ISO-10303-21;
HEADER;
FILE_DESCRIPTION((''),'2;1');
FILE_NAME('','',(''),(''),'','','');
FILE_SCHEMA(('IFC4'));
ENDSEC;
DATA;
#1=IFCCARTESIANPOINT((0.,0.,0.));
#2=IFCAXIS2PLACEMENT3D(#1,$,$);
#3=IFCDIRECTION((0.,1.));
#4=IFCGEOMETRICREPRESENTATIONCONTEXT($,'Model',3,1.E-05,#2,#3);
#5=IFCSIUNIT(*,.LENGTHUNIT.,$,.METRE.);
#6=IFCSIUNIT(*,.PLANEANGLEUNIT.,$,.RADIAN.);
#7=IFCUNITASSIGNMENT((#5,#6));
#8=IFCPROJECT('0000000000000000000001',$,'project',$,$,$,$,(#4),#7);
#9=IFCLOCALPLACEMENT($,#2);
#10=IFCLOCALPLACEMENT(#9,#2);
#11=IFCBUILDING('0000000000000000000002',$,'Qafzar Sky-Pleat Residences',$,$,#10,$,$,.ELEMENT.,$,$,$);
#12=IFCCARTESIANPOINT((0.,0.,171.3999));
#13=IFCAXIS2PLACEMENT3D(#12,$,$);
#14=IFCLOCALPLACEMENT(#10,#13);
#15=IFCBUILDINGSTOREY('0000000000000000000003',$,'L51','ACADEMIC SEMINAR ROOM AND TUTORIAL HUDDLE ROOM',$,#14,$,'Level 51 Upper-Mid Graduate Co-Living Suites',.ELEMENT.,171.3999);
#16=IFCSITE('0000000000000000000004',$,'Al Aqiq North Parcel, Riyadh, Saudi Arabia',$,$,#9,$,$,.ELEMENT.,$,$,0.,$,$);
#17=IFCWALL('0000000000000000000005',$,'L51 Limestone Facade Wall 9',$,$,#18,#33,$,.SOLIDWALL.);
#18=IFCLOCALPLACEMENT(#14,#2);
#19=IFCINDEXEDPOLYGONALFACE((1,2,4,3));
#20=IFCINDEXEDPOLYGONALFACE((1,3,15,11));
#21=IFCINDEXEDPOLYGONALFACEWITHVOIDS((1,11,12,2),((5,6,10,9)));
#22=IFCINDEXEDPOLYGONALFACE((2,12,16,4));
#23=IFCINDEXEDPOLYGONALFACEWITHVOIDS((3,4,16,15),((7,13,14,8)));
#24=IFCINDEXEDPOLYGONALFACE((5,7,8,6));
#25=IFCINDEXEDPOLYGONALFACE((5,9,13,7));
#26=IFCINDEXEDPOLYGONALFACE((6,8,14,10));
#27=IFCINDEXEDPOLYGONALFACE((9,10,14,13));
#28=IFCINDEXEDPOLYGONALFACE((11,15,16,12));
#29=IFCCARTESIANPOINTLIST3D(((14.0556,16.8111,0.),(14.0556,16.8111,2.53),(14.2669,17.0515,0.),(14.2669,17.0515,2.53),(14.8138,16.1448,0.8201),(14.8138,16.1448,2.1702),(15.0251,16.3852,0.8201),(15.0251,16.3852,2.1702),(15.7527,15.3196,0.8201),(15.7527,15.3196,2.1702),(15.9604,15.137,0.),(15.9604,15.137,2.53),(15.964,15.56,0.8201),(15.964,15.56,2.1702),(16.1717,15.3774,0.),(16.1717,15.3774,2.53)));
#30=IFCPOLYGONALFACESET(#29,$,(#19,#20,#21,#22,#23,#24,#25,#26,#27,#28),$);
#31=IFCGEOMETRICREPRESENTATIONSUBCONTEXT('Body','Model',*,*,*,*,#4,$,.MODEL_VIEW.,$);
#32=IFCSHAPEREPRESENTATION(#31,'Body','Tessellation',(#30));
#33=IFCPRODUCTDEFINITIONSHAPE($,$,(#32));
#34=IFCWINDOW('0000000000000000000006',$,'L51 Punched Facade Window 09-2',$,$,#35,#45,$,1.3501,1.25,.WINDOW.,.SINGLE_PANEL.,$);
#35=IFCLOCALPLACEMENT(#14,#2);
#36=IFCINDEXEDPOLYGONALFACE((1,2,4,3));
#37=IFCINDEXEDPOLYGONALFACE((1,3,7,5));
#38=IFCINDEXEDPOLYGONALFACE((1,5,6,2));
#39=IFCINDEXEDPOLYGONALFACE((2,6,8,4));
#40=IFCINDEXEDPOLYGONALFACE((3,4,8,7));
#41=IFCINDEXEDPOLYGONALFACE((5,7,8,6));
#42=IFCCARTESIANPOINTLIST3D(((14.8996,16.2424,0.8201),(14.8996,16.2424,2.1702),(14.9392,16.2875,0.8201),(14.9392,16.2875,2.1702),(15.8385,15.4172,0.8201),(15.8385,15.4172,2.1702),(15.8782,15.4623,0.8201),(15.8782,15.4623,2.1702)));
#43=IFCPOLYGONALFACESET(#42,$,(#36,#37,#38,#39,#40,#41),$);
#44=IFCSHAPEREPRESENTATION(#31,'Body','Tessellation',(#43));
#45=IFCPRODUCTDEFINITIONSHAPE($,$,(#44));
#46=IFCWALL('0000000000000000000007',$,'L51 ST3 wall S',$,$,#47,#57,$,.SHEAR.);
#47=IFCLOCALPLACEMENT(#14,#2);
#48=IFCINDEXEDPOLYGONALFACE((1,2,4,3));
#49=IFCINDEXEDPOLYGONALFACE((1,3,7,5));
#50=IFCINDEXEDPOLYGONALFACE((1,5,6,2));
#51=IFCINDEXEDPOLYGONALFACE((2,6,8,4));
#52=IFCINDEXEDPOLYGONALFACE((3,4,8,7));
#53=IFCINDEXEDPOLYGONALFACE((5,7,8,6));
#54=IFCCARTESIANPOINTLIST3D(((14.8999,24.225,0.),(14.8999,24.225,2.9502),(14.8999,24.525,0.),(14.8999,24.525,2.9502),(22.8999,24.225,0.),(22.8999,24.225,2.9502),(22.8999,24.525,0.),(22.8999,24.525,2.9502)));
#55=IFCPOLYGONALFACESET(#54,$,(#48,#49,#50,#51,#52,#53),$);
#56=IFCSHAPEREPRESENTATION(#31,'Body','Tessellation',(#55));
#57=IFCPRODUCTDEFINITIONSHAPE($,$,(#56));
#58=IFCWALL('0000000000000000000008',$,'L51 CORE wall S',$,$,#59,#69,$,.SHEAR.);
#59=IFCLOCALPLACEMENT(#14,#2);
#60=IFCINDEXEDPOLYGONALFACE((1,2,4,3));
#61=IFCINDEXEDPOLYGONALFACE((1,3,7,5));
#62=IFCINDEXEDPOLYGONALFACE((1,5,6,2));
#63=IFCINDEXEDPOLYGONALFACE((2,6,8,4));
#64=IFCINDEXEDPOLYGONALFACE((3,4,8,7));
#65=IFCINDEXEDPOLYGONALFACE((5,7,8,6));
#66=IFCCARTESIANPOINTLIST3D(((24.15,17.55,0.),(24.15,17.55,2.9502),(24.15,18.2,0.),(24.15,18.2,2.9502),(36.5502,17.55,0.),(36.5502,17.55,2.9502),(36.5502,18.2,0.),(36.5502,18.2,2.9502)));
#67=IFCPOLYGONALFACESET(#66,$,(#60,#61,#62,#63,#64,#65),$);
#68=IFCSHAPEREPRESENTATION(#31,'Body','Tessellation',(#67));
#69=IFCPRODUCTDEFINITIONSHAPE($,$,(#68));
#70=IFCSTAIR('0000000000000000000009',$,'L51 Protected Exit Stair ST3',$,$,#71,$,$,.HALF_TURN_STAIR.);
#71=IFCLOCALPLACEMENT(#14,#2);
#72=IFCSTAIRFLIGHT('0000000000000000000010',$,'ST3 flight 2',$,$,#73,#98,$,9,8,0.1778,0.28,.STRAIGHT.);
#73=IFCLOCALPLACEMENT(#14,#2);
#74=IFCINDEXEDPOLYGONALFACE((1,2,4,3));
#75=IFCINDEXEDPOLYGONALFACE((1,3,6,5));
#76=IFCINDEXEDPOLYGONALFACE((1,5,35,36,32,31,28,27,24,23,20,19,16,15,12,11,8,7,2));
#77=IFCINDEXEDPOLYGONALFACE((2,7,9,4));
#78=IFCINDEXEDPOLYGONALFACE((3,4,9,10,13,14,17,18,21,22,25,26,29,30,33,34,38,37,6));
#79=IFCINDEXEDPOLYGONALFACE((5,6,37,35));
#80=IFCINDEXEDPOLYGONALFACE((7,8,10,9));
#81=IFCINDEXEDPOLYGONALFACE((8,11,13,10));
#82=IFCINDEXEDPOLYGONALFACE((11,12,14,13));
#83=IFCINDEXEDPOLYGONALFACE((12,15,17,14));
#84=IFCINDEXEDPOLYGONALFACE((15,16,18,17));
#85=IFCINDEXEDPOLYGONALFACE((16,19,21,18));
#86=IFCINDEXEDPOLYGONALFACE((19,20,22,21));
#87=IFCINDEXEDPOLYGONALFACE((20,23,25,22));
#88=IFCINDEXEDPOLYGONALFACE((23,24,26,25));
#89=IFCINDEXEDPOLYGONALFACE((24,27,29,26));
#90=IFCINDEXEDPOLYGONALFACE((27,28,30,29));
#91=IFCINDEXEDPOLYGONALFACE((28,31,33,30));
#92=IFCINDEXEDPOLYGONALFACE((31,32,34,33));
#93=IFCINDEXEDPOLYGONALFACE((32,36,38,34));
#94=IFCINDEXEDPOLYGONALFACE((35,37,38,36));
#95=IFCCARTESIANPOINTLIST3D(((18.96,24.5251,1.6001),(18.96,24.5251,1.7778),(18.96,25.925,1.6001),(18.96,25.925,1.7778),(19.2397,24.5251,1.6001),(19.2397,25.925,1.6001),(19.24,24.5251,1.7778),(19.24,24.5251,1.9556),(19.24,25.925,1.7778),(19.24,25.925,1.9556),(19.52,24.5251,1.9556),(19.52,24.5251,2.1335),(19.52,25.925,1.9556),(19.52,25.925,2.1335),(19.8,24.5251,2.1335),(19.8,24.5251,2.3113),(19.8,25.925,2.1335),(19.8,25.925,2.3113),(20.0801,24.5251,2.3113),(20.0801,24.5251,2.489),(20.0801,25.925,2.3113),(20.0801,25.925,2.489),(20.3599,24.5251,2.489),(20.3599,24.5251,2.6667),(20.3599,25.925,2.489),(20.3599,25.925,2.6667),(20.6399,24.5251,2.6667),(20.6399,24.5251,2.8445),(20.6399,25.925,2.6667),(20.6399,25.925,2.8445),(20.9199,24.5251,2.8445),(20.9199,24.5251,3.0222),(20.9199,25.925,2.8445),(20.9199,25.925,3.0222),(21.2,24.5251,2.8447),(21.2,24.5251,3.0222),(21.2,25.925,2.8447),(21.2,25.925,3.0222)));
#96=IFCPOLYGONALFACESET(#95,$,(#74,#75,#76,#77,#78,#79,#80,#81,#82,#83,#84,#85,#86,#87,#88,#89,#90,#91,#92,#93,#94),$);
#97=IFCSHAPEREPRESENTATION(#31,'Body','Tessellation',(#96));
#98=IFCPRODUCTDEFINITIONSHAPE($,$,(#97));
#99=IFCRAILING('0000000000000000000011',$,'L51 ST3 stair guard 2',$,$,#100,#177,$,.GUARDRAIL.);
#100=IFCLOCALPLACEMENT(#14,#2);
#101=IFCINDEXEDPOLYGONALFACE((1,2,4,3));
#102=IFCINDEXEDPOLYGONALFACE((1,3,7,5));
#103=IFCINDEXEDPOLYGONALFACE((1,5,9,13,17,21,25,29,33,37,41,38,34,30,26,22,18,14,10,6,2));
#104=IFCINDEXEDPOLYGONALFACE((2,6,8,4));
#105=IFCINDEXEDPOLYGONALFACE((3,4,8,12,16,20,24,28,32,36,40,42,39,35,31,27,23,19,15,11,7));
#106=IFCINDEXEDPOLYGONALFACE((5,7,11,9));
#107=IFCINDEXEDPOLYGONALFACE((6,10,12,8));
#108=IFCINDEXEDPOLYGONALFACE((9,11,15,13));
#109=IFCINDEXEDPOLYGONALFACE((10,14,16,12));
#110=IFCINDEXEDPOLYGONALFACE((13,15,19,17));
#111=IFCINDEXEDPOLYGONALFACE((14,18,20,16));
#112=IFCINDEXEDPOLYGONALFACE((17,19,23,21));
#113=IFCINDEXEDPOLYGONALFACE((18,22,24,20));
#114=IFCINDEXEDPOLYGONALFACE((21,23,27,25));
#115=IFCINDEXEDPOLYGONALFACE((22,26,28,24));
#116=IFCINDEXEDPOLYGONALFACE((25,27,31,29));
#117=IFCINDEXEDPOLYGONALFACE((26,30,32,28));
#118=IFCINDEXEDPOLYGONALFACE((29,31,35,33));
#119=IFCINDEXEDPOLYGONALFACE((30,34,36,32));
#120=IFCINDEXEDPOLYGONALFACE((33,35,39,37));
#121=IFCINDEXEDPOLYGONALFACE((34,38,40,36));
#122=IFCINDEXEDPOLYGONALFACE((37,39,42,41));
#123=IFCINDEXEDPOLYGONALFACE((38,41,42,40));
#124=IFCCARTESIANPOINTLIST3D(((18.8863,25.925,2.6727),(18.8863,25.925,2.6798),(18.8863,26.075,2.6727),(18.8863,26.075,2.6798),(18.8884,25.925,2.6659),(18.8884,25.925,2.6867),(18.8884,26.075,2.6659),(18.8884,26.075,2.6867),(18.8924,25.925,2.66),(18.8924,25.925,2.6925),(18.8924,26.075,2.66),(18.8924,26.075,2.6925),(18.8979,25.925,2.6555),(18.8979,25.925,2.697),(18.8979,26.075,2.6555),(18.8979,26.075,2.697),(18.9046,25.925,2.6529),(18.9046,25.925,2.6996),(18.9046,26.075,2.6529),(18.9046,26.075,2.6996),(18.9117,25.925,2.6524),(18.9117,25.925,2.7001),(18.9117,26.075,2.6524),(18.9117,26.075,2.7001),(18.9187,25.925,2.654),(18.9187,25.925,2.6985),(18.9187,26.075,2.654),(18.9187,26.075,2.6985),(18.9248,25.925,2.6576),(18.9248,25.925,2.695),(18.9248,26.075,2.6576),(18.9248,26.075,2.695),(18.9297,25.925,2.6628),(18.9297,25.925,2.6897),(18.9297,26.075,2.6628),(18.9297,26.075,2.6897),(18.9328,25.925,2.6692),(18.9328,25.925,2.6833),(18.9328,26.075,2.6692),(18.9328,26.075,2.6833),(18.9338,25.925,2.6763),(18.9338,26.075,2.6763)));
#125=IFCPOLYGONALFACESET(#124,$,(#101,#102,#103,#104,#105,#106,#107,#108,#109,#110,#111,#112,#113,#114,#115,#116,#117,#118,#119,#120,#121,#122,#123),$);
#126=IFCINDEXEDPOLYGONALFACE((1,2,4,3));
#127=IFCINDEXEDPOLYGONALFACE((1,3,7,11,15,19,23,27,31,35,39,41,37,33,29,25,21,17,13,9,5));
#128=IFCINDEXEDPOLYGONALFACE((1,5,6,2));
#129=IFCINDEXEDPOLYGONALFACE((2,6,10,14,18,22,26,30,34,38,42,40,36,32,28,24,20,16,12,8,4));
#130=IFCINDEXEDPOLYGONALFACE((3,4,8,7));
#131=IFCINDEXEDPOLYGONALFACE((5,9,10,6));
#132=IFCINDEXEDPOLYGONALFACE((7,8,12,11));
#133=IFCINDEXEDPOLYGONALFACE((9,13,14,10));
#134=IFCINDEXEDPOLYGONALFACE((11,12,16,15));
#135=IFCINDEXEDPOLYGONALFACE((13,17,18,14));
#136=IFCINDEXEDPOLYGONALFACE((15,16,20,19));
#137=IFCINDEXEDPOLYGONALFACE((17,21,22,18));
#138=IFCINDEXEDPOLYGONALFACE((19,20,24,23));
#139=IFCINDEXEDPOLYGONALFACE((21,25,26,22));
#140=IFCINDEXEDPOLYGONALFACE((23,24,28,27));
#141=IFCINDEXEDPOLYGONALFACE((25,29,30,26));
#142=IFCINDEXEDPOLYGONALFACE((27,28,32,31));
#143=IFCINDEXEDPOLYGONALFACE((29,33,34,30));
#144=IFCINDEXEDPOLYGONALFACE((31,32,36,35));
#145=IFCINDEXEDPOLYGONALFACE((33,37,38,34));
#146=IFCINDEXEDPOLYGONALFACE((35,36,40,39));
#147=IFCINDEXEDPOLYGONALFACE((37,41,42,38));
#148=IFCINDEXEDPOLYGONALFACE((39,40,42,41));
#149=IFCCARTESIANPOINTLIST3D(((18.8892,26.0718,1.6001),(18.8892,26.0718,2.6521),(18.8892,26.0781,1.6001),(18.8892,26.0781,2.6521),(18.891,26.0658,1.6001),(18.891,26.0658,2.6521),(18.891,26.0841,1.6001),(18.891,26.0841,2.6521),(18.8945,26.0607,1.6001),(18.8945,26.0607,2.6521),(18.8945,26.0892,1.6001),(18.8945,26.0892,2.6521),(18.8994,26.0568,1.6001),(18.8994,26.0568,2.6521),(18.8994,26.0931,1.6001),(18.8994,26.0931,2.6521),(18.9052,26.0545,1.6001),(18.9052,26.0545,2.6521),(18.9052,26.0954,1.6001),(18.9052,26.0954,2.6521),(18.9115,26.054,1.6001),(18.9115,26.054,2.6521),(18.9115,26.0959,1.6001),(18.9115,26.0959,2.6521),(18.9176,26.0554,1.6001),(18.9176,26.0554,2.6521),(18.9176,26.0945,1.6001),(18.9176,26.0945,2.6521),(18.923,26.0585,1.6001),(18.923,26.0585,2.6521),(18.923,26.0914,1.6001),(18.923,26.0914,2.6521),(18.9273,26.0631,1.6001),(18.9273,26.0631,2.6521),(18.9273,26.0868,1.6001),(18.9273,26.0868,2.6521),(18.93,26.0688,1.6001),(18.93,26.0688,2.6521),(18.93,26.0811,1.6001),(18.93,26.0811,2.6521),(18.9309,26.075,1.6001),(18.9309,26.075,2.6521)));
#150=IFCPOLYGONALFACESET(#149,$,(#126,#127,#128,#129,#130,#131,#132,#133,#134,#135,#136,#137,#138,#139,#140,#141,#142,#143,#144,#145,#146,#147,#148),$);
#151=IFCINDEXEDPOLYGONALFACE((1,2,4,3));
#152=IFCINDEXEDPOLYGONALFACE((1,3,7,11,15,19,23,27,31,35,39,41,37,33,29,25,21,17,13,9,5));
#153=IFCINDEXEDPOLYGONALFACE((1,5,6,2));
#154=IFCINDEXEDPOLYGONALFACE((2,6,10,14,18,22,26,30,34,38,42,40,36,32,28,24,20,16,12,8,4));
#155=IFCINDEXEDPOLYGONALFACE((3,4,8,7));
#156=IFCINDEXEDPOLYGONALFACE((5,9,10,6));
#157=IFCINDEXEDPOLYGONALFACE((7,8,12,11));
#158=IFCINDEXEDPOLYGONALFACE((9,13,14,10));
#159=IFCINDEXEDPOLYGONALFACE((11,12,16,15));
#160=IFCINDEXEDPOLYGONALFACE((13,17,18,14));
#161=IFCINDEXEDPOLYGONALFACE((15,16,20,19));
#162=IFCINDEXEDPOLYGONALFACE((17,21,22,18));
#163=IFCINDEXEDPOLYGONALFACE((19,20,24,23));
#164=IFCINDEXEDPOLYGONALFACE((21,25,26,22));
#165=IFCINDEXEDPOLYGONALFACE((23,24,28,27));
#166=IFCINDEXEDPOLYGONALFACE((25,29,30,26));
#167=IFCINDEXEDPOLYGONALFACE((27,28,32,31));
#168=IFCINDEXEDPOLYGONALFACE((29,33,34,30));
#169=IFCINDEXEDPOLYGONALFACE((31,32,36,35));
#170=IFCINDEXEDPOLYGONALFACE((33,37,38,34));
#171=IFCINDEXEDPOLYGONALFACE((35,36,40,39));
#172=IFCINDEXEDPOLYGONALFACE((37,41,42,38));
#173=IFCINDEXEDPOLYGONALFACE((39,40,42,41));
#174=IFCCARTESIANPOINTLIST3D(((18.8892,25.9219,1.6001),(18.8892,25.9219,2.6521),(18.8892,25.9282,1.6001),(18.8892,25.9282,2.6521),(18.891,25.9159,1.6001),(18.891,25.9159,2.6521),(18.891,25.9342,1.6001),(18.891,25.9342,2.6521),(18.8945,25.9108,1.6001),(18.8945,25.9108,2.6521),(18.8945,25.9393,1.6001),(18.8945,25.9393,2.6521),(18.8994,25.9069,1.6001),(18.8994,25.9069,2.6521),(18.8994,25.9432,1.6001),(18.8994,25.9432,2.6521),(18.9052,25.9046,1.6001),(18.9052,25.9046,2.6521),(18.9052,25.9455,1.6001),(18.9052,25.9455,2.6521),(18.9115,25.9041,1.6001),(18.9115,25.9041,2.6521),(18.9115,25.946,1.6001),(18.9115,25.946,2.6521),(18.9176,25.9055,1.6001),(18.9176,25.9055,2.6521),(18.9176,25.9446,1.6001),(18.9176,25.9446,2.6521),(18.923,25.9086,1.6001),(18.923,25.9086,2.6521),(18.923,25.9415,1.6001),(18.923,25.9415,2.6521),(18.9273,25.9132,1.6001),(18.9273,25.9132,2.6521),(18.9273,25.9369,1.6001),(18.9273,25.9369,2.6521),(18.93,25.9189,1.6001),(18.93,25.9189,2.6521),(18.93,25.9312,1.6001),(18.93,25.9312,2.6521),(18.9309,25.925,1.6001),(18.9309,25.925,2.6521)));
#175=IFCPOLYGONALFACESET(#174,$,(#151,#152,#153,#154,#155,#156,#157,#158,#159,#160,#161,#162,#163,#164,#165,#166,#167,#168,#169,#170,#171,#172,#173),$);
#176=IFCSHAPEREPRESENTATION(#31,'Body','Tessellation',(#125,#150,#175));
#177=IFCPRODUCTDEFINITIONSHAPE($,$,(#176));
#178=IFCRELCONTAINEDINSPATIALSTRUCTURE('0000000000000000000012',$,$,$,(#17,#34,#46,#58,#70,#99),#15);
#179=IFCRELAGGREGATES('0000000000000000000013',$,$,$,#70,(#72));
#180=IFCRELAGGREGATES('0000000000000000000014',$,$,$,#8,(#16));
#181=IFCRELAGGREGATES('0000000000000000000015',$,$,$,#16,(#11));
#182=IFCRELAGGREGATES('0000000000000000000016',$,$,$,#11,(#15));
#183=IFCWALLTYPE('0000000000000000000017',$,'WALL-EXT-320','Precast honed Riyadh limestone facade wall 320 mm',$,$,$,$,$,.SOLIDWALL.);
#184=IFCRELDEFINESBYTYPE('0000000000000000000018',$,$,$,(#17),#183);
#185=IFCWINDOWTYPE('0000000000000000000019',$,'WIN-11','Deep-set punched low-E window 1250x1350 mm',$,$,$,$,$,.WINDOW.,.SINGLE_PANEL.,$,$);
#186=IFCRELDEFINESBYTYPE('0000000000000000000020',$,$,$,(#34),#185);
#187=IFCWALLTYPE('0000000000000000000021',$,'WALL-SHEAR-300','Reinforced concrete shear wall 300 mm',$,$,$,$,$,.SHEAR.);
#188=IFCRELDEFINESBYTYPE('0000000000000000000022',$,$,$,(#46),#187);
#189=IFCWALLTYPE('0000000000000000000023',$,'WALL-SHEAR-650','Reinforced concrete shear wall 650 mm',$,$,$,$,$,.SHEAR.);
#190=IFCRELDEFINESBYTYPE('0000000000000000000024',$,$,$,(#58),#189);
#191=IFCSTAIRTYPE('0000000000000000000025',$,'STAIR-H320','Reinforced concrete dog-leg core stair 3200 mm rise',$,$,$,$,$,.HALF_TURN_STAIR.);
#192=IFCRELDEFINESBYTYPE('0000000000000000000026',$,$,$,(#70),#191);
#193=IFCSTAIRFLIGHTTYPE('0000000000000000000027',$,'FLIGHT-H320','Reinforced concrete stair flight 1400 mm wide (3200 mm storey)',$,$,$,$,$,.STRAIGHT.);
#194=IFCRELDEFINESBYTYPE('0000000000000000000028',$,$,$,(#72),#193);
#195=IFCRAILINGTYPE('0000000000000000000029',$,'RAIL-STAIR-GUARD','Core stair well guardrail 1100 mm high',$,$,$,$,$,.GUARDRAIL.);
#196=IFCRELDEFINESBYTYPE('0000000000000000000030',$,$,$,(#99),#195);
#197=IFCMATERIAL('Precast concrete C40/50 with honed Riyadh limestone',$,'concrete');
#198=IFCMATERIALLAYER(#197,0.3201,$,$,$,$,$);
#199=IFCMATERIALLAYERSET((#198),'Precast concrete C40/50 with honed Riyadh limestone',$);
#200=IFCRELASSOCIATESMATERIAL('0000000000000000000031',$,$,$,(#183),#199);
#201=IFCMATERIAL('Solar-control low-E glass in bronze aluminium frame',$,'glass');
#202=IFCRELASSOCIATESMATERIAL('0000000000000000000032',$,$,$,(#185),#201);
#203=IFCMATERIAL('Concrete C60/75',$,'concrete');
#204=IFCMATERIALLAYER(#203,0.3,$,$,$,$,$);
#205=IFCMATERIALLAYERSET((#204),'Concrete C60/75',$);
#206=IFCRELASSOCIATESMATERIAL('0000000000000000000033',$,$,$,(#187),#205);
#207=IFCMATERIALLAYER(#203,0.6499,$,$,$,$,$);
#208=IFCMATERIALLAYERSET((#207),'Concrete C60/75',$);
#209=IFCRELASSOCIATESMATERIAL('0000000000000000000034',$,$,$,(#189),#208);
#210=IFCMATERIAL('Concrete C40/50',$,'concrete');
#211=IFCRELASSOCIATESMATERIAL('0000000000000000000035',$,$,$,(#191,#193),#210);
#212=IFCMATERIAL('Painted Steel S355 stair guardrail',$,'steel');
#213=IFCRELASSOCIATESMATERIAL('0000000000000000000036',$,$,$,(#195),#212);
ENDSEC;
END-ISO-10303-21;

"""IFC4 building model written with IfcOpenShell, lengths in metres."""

from ifc_helpers import new_model, si_unit, direction, frame, frame_2d, origin, origin_2d, place, context, subcontext, project, spatial, polyline, rectangle, circle, outline, extrude, source, transform, mapped, material, layer, layer_set, type_object, element, fill, aggregate, save


model = new_model("IFC4")

# Units and contexts
model_context = context("Model", 3, precision=1e-05, world=origin(), true_north=direction((0.0, 1.0)))
body_context = subcontext(model_context, "Body", "Model", "MODEL_VIEW")
ifc_project = project(units=[si_unit("LENGTHUNIT", "METRE"), si_unit("PLANEANGLEUNIT", "RADIAN")], contexts=[model_context])

# Site, building, storey
site_placement = place(None, origin())
site = spatial("IfcSite", under=ifc_project, at=site_placement, Name="Al Aqiq North Parcel, Riyadh, Saudi Arabia", CompositionType="ELEMENT", RefElevation=0.0)
building_placement = place(site_placement, origin())
building = spatial("IfcBuilding", under=site, at=building_placement, Name="Qafzar Sky-Pleat Residences", CompositionType="ELEMENT")
storey_placement = place(building_placement, frame((0.0, 0.0, 171.3999)))
storey = spatial("IfcBuildingStorey", under=building, at=storey_placement, Name="L51", Description="ACADEMIC SEMINAR ROOM AND TUTORIAL HUDDLE ROOM", LongName="Level 51 Upper-Mid Graduate Co-Living Suites", CompositionType="ELEMENT", Elevation=171.3999)

# Wall, opening, window
ifc_material_1 = material(Name="Precast concrete C40/50 with honed Riyadh limestone", Category="concrete")
ifc_layer_1 = layer(ifc_material_1, 0.3201)
ifc_layer_set_1 = layer_set([ifc_layer_1], Name="Precast concrete C40/50 with honed Riyadh limestone")
wall_type_1 = type_object("IfcWallType", Name="WALL-EXT-320", Description="Precast honed Riyadh limestone facade wall 320 mm", PredefinedType="SOLIDWALL", material=ifc_layer_set_1)
wall_1_placement = place(storey_placement, frame((14.1611, 16.9314, 0.0), z_axis=(0.0, 0.0, 1.0), x_axis=(0.751132, -0.660152, 0.0)))
wall_1 = element("IfcWall", 1, at=wall_1_placement, inside=storey, type_object=wall_type_1, Name="L51 Limestone Facade Wall 9", PredefinedType="SOLIDWALL", context=body_context, shape_type="SweptSolid", body=[
    extrude(rectangle(XDim=2.5359, YDim=0.3201, at=frame_2d((1.2681, 0.0))), origin(), (0.0, 0.0, 1.0), 2.53),
])
opening_1_placement = place(wall_1_placement, frame((1.0095, 0.0, 0.8201)))
opening_1 = element("IfcOpeningElement", 2, at=opening_1_placement, cuts=wall_1, PredefinedType="OPENING", context=body_context, shape_type="SweptSolid", body=[
    extrude(rectangle(XDim=1.25, YDim=1.3501, at=frame_2d((0.625, 0.675))), frame((0.0, 0.1699, 0.0), z_axis=(0.0, -1.0, 0.0), x_axis=(1.0, 0.0, 0.0)), (0.0, 0.0, 1.0), 0.3401),
])
ifc_material_2 = material(Name="Solar-control low-E glass in bronze aluminium frame", Category="glass")
window_type = type_object("IfcWindowType", Name="WIN-11", Description="Deep-set punched low-E window 1250x1350 mm", PartitioningType="SINGLE_PANEL", PredefinedType="WINDOW", material=ifc_material_2)
shared_shape_1 = source(origin(), body_context, "Body", "SweptSolid", [
    extrude(rectangle(XDim=1.25, YDim=1.3501, at=frame_2d((0.625, 0.675))), frame((0.0, 0.03, 0.0), z_axis=(0.0, -1.0, 0.0), x_axis=(1.0, 0.0, 0.0)), (0.0, 0.0, 1.0), 0.0601),
])
window_placement = place(opening_1_placement, origin())
window = element("IfcWindow", 3, at=window_placement, inside=storey, type_object=window_type, Name="L51 Punched Facade Window 09-2", OverallHeight=1.3501, OverallWidth=1.25, PartitioningType="SINGLE_PANEL", PredefinedType="WINDOW", context=body_context, shape_type="MappedRepresentation", body=[
    mapped(shared_shape_1, transform((0.0, 0.0, 0.0), x_axis=(1.0, 0.0, 0.0), y_axis=(0.0, 1.0, 0.0), z_axis=(0.0, 0.0, 1.0), scale=1.0)),
])
fill(opening_1, window)

# Wall
ifc_material_3 = material(Name="Concrete C60/75", Category="concrete")
ifc_layer_2 = layer(ifc_material_3, 0.3)
ifc_layer_set_2 = layer_set([ifc_layer_2], Name="Concrete C60/75")
wall_type_2 = type_object("IfcWallType", Name="WALL-SHEAR-300", Description="Reinforced concrete shear wall 300 mm", PredefinedType="SHEAR", material=ifc_layer_set_2)
wall_2_placement = place(storey_placement, frame((14.8999, 24.375, 0.0), z_axis=(0.0, 0.0, 1.0), x_axis=(1.0, 0.0, 0.0)))
element("IfcWall", 4, at=wall_2_placement, inside=storey, type_object=wall_type_2, Name="L51 ST3 wall S", PredefinedType="SHEAR", context=body_context, shape_type="SweptSolid", body=[
    extrude(rectangle(XDim=8.0, YDim=0.3, at=frame_2d((4.0, 0.0))), origin(), (0.0, 0.0, 1.0), 2.9502),
])

# Wall
ifc_layer_3 = layer(ifc_material_3, 0.6499)
ifc_layer_set_3 = layer_set([ifc_layer_3], Name="Concrete C60/75")
wall_type_3 = type_object("IfcWallType", Name="WALL-SHEAR-650", Description="Reinforced concrete shear wall 650 mm", PredefinedType="SHEAR", material=ifc_layer_set_3)
wall_3_placement = place(storey_placement, frame((24.1499, 17.875, 0.0), z_axis=(0.0, 0.0, 1.0), x_axis=(1.0, 0.0, 0.0)))
element("IfcWall", 5, at=wall_3_placement, inside=storey, type_object=wall_type_3, Name="L51 CORE wall S", PredefinedType="SHEAR", context=body_context, shape_type="SweptSolid", body=[
    extrude(rectangle(XDim=12.4001, YDim=0.6499, at=frame_2d((6.2002, 0.0))), origin(), (0.0, 0.0, 1.0), 2.9502),
])

# Stair, stair flight
ifc_material_4 = material(Name="Concrete C40/50", Category="concrete")
stair_type = type_object("IfcStairType", Name="STAIR-H320", Description="Reinforced concrete dog-leg core stair 3200 mm rise", PredefinedType="HALF_TURN_STAIR", material=ifc_material_4)
stair_placement = place(storey_placement, origin())
stair = element("IfcStair", 6, at=stair_placement, inside=storey, type_object=stair_type, Name="L51 Protected Exit Stair ST3", PredefinedType="HALF_TURN_STAIR")
stair_flight_type = type_object("IfcStairFlightType", Name="FLIGHT-H320", Description="Reinforced concrete stair flight 1400 mm wide (3200 mm storey)", PredefinedType="STRAIGHT", material=ifc_material_4)
shared_shape_2 = source(origin(), body_context, "Body", "SweptSolid", [
    extrude(outline(polyline([(0.0, 0.0), (0.0, 0.1777), (0.28, 0.1777), (0.28, 0.3555), (0.5601, 0.3555), (0.5601, 0.5334), (0.8401, 0.5334), (0.8401, 0.7112), (1.1201, 0.7112), (1.1201, 0.8889), (1.3999, 0.8889), (1.3999, 1.0667), (1.6799, 1.0667), (1.6799, 1.2444), (1.96, 1.2444), (1.96, 1.4221), (2.24, 1.4221), (2.24, 1.6001), (2.24, 1.2446), (0.2798, 0.0), (0.0, 0.0)])), frame((0.0, 0.7, 0.0), z_axis=(0.0, -1.0, 0.0), x_axis=(1.0, 0.0, 0.0)), (0.0, 0.0, 1.0), 1.3999),
])
stair_flight_placement = place(storey_placement, frame((18.96, 25.2251, 1.6001), z_axis=(0.0, 0.0, 1.0), x_axis=(1.0, 0.0, 0.0)))
stair_flight = element("IfcStairFlight", 7, at=stair_flight_placement, type_object=stair_flight_type, Name="ST3 flight 2", NumberOfRisers=9, NumberOfTreads=8, PredefinedType="STRAIGHT", RiserHeight=0.1778, TreadLength=0.28, context=body_context, shape_type="MappedRepresentation", body=[
    mapped(shared_shape_2, transform((0.0, 0.0, 0.0), x_axis=(1.0, 0.0, 0.0), y_axis=(0.0, 1.0, 0.0), z_axis=(0.0, 0.0, 1.0), scale=1.0)),
])
aggregate(stair, [stair_flight])

# Railing
ifc_material_5 = material(Name="Painted Steel S355 stair guardrail", Category="steel")
railing_type_1 = type_object("IfcRailingType", Name="RAIL-STAIR-GUARD", Description="Core stair well guardrail 1100 mm high", PredefinedType="GUARDRAIL", material=ifc_material_5)
shared_shape_3 = source(origin(), body_context, "Body", "SweptSolid", [
    extrude(circle(Radius=0.0239, at=origin_2d()), frame((0.0, 0.0, 1.0762), z_axis=(0.0, -1.0, 0.0), x_axis=(1.0, 0.0, 0.0)), (0.0, 0.0, 1.0), 0.1499),
    extrude(circle(Radius=0.021, at=origin_2d()), origin(), (0.0, 0.0, 1.0), 1.052),
    extrude(circle(Radius=0.021, at=origin_2d()), frame((0.0, -0.1499, 0.0)), (0.0, 0.0, 1.0), 1.052),
])
for number, where, name in (
    (8, (18.9099, 26.075, 1.6001), "L51 ST3 stair guard 2"),
):
    element("IfcRailing", number, at=place(storey_placement, frame(where)), inside=storey, type_object=railing_type_1, Name=name, PredefinedType="GUARDRAIL", context=body_context, shape_type="MappedRepresentation", body=[
        mapped(shared_shape_3, transform((0.0, 0.0, 0.0), x_axis=(1.0, 0.0, 0.0), y_axis=(0.0, 1.0, 0.0), z_axis=(0.0, 0.0, 1.0), scale=1.0)),
    ])

save(model, "model.ifc")
